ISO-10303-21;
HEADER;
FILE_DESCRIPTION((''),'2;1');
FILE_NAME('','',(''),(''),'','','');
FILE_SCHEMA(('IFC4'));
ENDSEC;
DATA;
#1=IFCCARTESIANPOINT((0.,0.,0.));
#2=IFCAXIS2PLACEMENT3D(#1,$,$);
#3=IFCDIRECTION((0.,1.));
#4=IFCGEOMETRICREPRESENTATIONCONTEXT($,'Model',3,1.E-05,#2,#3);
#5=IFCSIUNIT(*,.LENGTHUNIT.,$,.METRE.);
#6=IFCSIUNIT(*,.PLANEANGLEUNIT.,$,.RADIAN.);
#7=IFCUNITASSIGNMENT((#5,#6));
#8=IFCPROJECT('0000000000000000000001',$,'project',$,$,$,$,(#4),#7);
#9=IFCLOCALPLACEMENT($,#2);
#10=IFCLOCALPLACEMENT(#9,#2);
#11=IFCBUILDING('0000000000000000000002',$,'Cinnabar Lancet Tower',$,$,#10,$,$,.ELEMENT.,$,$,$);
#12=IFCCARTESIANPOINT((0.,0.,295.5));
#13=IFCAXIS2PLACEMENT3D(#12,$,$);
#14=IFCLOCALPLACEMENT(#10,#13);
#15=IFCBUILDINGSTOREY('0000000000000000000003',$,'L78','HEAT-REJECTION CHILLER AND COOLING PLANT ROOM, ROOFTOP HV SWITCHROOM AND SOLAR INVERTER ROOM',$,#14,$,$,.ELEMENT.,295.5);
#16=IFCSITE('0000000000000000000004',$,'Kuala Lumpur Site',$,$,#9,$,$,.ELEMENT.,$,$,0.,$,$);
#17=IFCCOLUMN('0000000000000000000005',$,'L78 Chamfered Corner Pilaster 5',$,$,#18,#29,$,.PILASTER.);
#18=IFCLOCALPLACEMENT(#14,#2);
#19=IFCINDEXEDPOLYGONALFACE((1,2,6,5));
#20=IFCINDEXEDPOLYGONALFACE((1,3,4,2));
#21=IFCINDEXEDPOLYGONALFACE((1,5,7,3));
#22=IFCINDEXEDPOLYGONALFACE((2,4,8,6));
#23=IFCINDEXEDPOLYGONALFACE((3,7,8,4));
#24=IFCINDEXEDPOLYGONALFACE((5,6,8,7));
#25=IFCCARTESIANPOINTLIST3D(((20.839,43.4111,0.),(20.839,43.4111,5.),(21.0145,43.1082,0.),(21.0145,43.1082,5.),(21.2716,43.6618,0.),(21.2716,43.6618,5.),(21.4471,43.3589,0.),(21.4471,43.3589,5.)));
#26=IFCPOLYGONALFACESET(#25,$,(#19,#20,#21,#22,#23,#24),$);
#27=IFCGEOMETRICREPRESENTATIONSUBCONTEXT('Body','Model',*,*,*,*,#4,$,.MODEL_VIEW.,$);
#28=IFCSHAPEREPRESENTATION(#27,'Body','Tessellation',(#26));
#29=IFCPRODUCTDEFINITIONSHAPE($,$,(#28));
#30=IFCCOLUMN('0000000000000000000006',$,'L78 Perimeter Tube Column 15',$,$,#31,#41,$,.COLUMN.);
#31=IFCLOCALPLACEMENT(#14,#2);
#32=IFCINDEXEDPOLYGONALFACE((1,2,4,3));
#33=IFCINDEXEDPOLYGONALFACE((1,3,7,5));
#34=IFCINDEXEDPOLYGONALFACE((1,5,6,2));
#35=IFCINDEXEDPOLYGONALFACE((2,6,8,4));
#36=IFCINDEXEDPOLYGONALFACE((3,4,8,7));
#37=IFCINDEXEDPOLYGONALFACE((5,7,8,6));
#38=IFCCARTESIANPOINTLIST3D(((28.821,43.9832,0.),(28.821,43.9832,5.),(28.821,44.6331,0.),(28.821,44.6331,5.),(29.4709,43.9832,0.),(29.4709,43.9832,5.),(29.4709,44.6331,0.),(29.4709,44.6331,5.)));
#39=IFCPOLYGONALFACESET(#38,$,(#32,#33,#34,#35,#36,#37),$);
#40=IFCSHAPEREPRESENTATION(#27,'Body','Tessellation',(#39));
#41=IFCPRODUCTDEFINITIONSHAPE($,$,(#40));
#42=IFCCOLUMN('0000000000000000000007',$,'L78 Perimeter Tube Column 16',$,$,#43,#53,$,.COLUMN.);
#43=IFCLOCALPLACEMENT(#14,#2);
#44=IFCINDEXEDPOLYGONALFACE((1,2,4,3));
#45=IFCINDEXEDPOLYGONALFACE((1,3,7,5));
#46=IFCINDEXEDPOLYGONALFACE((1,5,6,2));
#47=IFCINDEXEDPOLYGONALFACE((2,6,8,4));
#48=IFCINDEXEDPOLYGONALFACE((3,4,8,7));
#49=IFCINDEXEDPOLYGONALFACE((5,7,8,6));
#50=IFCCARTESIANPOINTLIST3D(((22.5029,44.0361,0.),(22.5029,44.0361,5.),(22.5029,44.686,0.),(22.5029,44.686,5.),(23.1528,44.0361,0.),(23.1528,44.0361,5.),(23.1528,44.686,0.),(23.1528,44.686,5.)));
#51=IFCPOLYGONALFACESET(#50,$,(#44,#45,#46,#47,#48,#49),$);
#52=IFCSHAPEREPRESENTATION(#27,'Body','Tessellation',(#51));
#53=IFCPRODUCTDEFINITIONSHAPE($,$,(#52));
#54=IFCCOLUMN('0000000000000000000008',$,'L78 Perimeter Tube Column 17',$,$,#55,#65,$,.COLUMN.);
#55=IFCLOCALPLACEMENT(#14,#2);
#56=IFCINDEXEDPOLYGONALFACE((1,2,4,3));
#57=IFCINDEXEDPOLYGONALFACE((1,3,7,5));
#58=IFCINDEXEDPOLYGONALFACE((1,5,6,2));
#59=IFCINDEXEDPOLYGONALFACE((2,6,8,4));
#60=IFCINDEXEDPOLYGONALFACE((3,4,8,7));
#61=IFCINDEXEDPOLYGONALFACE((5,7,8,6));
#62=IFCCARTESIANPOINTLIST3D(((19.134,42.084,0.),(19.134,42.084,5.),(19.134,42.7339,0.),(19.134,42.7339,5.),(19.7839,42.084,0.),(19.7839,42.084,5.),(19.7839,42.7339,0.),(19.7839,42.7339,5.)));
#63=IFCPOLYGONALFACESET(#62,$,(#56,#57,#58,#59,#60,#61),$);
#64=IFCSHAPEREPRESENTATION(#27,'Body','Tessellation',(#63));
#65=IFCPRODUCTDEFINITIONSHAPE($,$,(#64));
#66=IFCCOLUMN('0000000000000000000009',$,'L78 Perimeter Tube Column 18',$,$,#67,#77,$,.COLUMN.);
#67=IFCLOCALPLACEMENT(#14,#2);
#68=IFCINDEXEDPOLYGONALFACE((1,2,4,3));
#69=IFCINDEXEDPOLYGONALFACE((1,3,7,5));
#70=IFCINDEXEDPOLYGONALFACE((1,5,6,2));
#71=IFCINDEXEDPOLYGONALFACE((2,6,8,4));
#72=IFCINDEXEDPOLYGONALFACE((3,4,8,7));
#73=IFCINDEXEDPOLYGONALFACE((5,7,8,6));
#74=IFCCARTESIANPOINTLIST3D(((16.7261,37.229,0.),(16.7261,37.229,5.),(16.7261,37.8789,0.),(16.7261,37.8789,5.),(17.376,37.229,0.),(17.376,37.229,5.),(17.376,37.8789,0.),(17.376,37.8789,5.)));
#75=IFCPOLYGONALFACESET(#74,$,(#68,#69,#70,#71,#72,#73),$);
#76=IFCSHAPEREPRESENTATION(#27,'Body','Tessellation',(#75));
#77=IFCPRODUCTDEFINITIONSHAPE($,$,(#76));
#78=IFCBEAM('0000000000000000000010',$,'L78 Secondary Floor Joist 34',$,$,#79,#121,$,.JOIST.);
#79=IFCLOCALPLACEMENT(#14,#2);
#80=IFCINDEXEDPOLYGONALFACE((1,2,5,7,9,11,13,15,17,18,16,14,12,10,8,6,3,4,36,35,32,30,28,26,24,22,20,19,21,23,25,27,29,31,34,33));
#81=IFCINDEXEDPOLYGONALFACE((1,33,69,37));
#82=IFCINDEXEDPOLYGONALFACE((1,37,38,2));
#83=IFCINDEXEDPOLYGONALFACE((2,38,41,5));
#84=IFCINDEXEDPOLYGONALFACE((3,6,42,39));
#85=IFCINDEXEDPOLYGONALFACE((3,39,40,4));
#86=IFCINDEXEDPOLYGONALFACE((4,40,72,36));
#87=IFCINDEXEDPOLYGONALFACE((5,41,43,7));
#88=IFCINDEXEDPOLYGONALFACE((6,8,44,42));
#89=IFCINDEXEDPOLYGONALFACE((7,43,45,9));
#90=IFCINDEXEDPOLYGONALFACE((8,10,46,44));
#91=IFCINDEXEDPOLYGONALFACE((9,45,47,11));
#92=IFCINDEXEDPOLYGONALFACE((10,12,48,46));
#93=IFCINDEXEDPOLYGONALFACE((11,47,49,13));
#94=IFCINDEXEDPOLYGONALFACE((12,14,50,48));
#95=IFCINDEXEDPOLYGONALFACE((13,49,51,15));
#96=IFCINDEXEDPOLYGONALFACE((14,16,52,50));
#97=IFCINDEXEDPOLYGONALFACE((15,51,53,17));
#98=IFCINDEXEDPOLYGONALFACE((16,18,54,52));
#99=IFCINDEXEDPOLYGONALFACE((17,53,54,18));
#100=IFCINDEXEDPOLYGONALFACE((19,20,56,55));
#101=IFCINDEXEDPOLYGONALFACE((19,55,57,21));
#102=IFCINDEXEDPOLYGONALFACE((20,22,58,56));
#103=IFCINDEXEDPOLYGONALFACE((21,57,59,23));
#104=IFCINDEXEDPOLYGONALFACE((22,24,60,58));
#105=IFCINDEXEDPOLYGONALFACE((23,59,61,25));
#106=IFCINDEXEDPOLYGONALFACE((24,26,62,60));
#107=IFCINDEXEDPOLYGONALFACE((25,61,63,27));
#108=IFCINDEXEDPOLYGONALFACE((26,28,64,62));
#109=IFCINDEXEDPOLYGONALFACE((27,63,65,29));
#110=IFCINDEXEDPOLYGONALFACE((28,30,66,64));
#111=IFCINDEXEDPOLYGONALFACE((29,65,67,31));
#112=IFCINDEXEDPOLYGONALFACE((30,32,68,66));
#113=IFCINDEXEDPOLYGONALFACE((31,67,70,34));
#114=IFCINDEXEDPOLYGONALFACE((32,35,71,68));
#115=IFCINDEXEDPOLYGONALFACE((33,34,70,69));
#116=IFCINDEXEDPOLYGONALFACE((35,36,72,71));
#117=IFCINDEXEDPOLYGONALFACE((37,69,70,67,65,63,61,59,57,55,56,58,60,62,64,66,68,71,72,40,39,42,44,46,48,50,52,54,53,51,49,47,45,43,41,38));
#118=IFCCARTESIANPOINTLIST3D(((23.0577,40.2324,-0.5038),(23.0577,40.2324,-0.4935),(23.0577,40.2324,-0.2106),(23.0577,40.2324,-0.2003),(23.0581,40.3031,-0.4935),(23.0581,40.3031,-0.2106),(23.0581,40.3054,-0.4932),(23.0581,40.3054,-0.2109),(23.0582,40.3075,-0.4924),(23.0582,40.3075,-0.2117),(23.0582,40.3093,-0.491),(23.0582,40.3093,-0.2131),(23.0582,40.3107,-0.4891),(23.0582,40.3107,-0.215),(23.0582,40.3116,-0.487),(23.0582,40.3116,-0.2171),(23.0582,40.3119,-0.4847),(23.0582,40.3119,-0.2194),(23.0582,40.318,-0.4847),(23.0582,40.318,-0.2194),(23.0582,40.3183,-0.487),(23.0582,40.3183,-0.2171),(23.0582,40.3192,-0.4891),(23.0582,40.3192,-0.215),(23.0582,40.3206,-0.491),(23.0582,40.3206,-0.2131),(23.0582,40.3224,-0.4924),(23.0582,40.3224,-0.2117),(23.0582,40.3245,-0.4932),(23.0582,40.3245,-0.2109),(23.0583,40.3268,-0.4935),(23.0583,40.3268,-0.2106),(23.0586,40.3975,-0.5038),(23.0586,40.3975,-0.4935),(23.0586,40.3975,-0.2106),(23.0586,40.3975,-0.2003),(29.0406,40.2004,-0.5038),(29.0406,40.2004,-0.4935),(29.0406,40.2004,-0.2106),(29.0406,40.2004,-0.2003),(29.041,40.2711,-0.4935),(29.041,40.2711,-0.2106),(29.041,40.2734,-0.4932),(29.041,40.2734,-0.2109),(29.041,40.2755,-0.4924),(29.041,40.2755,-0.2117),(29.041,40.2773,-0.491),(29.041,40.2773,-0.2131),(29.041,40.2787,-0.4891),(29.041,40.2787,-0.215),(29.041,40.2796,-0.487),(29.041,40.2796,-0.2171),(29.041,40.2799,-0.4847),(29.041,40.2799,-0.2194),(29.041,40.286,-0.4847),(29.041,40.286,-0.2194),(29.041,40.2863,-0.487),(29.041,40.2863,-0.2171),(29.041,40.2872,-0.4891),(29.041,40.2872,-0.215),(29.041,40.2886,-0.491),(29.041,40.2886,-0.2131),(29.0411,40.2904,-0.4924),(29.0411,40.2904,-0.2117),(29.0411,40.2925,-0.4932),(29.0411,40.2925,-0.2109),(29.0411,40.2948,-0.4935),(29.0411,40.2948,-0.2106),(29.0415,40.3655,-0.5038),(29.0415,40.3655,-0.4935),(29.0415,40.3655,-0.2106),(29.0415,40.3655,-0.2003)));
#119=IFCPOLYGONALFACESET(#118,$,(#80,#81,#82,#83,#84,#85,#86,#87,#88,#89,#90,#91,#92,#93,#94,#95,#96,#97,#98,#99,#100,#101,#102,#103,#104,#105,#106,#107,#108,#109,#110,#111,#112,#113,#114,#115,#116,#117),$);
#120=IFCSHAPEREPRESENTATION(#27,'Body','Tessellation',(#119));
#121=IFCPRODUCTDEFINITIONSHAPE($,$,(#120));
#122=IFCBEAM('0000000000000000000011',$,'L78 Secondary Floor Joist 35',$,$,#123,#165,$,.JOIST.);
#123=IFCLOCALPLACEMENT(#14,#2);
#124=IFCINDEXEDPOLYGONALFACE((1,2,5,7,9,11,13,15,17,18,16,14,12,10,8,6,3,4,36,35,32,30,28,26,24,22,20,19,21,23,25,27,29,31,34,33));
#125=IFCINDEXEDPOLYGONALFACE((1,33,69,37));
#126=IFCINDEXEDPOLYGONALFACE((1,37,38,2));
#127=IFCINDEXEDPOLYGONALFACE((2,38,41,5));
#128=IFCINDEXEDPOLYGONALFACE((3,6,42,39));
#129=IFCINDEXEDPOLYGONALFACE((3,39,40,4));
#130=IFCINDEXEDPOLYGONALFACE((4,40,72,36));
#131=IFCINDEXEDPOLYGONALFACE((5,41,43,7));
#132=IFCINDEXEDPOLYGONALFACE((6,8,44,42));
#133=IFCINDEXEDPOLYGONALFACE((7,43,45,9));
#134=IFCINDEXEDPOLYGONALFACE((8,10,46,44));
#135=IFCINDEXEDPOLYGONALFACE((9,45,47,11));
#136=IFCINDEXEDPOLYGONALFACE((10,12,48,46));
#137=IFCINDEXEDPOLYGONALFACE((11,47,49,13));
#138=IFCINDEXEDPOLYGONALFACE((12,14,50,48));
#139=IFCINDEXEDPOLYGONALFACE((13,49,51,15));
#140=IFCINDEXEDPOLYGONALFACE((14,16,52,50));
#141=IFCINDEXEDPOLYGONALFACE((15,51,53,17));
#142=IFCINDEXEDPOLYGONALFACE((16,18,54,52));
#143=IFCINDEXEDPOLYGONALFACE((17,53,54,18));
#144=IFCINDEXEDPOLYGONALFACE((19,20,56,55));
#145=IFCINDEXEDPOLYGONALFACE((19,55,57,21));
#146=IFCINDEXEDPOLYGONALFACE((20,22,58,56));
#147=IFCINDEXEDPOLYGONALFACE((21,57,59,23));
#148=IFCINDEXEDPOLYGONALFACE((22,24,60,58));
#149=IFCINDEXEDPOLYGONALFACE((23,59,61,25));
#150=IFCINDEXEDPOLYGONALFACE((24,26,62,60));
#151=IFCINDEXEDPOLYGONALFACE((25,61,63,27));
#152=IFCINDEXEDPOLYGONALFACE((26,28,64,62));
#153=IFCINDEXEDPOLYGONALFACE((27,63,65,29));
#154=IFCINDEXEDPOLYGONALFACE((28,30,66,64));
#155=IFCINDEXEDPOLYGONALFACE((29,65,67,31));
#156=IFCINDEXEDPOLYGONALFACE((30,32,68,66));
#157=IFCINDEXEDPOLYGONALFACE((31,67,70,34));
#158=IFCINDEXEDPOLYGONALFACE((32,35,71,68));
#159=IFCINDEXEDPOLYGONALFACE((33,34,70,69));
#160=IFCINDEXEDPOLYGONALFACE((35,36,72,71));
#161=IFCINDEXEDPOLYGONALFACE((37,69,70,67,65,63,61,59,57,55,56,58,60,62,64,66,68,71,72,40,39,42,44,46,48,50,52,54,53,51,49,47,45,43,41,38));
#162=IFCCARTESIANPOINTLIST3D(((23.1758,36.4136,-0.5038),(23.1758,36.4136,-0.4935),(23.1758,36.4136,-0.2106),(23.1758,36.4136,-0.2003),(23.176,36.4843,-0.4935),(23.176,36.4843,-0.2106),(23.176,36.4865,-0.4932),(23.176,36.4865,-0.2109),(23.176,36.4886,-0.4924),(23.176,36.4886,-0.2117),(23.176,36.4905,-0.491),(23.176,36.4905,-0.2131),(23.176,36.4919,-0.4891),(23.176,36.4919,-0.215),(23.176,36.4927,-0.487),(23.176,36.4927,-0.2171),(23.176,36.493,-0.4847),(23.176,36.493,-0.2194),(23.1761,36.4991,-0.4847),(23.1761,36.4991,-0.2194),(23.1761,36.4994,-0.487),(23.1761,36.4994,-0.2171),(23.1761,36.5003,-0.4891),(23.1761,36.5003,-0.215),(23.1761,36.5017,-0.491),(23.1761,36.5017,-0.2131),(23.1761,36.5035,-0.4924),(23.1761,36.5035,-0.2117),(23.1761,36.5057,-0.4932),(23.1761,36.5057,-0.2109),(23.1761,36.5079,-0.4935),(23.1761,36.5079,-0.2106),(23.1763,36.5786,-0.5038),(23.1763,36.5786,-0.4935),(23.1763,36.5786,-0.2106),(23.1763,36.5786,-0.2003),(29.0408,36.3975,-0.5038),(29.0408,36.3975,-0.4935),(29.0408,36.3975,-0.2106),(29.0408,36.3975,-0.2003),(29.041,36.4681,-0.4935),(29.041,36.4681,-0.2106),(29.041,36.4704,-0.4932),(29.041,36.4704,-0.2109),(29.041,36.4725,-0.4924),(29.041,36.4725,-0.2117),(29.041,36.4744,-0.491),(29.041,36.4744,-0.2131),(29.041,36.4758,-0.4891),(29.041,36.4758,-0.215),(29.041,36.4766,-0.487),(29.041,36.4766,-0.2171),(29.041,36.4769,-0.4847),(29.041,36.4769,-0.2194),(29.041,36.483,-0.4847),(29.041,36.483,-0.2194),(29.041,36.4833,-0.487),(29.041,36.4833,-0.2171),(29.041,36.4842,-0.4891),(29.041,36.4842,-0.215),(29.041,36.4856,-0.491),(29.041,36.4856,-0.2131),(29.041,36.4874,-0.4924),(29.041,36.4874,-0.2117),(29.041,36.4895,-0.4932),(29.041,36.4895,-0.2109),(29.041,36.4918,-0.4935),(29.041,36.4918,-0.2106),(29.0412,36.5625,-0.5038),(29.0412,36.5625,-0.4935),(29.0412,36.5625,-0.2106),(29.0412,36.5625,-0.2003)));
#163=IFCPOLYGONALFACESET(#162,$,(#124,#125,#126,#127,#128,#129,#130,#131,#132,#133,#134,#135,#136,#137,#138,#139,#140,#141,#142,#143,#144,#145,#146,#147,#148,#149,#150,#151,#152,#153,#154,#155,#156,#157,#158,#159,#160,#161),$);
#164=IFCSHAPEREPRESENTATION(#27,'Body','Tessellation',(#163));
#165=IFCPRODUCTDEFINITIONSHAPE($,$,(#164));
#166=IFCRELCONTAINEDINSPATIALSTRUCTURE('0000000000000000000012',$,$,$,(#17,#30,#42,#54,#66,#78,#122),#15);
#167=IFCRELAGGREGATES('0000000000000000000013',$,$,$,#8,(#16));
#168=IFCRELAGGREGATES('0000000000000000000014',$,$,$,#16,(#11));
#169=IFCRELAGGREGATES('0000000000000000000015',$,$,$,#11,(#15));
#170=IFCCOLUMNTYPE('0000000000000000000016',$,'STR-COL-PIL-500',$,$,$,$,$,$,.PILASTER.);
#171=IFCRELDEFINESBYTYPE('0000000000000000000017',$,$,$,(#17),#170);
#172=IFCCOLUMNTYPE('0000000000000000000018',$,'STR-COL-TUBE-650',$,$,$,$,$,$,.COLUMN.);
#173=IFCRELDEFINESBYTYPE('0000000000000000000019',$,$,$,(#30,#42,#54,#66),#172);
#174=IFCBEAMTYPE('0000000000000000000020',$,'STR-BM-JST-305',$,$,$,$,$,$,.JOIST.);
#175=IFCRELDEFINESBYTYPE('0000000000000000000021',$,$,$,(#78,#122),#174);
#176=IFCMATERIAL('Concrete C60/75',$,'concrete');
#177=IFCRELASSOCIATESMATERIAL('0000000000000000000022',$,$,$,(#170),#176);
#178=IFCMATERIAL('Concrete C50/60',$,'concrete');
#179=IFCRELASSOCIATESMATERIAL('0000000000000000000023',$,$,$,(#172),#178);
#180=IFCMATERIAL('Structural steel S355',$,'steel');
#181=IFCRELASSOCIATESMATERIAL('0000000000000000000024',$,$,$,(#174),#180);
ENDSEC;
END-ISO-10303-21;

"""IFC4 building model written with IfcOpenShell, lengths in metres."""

from ifc_helpers import new_model, si_unit, direction, frame, origin, origin_2d, place, context, subcontext, project, spatial, rectangle, i_section, extrude, material, material_profile, profile_set, type_object, element, save


model = new_model("IFC4")

# Units and contexts
model_context = context("Model", 3, precision=1e-05, world=origin(), true_north=direction((0.0, 1.0)))
body_context = subcontext(model_context, "Body", "Model", "MODEL_VIEW")
ifc_project = project(units=[si_unit("LENGTHUNIT", "METRE"), si_unit("PLANEANGLEUNIT", "RADIAN")], contexts=[model_context])

# Site, building, storey
site_placement = place(None, origin())
site = spatial("IfcSite", under=ifc_project, at=site_placement, Name="Kuala Lumpur Site", CompositionType="ELEMENT", RefElevation=0.0)
building_placement = place(site_placement, origin())
building = spatial("IfcBuilding", under=site, at=building_placement, Name="Cinnabar Lancet Tower", CompositionType="ELEMENT")
storey_placement = place(building_placement, frame((0.0, 0.0, 295.5)))
storey = spatial("IfcBuildingStorey", under=building, at=storey_placement, Name="L78", Description="HEAT-REJECTION CHILLER AND COOLING PLANT ROOM, ROOFTOP HV SWITCHROOM AND SOLAR INVERTER ROOM", CompositionType="ELEMENT", Elevation=295.5)

# Columns
ifc_material_1 = material(Name="Concrete C60/75", Category="concrete")
ifc_material_profile_1 = material_profile(ifc_material_1, rectangle(XDim=0.5, YDim=0.3501, at=origin_2d()), Name="RC-PIL 500x350")
ifc_profile_set_1 = profile_set([ifc_material_profile_1], Name="Concrete C60/75")
column_type_1 = type_object("IfcColumnType", Name="STR-COL-PIL-500", PredefinedType="PILASTER", material=ifc_profile_set_1)
column_placement = place(storey_placement, frame((21.1431, 43.385, 0.0), z_axis=(0.0, 0.0, 1.0), x_axis=(-0.865256, -0.50133, 0.0)))
element("IfcColumn", 1, at=column_placement, inside=storey, type_object=column_type_1, Name="L78 Chamfered Corner Pilaster 5", PredefinedType="PILASTER", context=body_context, shape_type="SweptSolid", body=[
    extrude(rectangle(XDim=0.5, YDim=0.3501, at=origin_2d()), origin(), (0.0, 0.0, 1.0), 5.0),
])
ifc_material_2 = material(Name="Concrete C50/60", Category="concrete")
ifc_material_profile_2 = material_profile(ifc_material_2, rectangle(XDim=0.6499, YDim=0.6499, at=origin_2d()), Name="RC-COL 650x650")
ifc_profile_set_2 = profile_set([ifc_material_profile_2], Name="Concrete C50/60")
column_type_2 = type_object("IfcColumnType", Name="STR-COL-TUBE-650", PredefinedType="COLUMN", material=ifc_profile_set_2)
for number, where, z_axis, x_axis, name in (
    (2, (29.146, 44.3081, 0.0), (0.0, 0.0, 1.0), (1.0, 0.0, 0.0), "L78 Perimeter Tube Column 15"),
    (3, (22.8279, 44.3611, 0.0), (0.0, 0.0, 1.0), (1.0, 0.0, 0.0), "L78 Perimeter Tube Column 16"),
    (4, (19.459, 42.4089, 0.0), (0.0, 0.0, 1.0), (1.0, 0.0, 0.0), "L78 Perimeter Tube Column 17"),
    (5, (17.051, 37.554, 0.0), (0.0, 0.0, 1.0), (1.0, 0.0, 0.0), "L78 Perimeter Tube Column 18"),
):
    element("IfcColumn", number, at=place(storey_placement, frame(where, z_axis=z_axis, x_axis=x_axis)), inside=storey, type_object=column_type_2, Name=name, PredefinedType="COLUMN", context=body_context, shape_type="SweptSolid", body=[
        extrude(rectangle(XDim=0.6499, YDim=0.6499, at=origin_2d()), origin(), (0.0, 0.0, 1.0), 5.0),
    ])

# Beams
ifc_material_3 = material(Name="Structural steel S355", Category="steel")
ifc_material_profile_3 = material_profile(ifc_material_3, i_section(OverallWidth=0.165, OverallDepth=0.3035, WebThickness=0.0061, FlangeThickness=0.0103, FilletRadius=0.0088, at=origin_2d()), Name="UKB 305x165x40")
ifc_profile_set_3 = profile_set([ifc_material_profile_3], Name="Structural steel S355")
beam_type_1 = type_object("IfcBeamType", Name="STR-BM-JST-305", PredefinedType="JOIST", material=ifc_profile_set_3)
beam_1_placement = place(storey_placement, frame((29.041, 40.283, -0.3521), z_axis=(-0.999986, 0.005346, 0.0), x_axis=(-0.005346, -0.999986, 0.0)))
element("IfcBeam", 6, at=beam_1_placement, inside=storey, type_object=beam_type_1, Name="L78 Secondary Floor Joist 34", PredefinedType="JOIST", context=body_context, shape_type="SweptSolid", body=[
    extrude(i_section(OverallWidth=0.165, OverallDepth=0.3035, WebThickness=0.0061, FlangeThickness=0.0103, FilletRadius=0.0088, at=origin_2d()), origin(), (0.0, 0.0, 1.0), 5.9829),
])
beam_2_placement = place(storey_placement, frame((29.041, 36.48, -0.3521), z_axis=(-0.999996, 0.002747, 0.0), x_axis=(-0.002747, -0.999996, 0.0)))
element("IfcBeam", 7, at=beam_2_placement, inside=storey, type_object=beam_type_1, Name="L78 Secondary Floor Joist 35", PredefinedType="JOIST", context=body_context, shape_type="SweptSolid", body=[
    extrude(i_section(OverallWidth=0.165, OverallDepth=0.3035, WebThickness=0.0061, FlangeThickness=0.0103, FilletRadius=0.0088, at=origin_2d()), origin(), (0.0, 0.0, 1.0), 5.865),
])

save(model, "model.ifc")
